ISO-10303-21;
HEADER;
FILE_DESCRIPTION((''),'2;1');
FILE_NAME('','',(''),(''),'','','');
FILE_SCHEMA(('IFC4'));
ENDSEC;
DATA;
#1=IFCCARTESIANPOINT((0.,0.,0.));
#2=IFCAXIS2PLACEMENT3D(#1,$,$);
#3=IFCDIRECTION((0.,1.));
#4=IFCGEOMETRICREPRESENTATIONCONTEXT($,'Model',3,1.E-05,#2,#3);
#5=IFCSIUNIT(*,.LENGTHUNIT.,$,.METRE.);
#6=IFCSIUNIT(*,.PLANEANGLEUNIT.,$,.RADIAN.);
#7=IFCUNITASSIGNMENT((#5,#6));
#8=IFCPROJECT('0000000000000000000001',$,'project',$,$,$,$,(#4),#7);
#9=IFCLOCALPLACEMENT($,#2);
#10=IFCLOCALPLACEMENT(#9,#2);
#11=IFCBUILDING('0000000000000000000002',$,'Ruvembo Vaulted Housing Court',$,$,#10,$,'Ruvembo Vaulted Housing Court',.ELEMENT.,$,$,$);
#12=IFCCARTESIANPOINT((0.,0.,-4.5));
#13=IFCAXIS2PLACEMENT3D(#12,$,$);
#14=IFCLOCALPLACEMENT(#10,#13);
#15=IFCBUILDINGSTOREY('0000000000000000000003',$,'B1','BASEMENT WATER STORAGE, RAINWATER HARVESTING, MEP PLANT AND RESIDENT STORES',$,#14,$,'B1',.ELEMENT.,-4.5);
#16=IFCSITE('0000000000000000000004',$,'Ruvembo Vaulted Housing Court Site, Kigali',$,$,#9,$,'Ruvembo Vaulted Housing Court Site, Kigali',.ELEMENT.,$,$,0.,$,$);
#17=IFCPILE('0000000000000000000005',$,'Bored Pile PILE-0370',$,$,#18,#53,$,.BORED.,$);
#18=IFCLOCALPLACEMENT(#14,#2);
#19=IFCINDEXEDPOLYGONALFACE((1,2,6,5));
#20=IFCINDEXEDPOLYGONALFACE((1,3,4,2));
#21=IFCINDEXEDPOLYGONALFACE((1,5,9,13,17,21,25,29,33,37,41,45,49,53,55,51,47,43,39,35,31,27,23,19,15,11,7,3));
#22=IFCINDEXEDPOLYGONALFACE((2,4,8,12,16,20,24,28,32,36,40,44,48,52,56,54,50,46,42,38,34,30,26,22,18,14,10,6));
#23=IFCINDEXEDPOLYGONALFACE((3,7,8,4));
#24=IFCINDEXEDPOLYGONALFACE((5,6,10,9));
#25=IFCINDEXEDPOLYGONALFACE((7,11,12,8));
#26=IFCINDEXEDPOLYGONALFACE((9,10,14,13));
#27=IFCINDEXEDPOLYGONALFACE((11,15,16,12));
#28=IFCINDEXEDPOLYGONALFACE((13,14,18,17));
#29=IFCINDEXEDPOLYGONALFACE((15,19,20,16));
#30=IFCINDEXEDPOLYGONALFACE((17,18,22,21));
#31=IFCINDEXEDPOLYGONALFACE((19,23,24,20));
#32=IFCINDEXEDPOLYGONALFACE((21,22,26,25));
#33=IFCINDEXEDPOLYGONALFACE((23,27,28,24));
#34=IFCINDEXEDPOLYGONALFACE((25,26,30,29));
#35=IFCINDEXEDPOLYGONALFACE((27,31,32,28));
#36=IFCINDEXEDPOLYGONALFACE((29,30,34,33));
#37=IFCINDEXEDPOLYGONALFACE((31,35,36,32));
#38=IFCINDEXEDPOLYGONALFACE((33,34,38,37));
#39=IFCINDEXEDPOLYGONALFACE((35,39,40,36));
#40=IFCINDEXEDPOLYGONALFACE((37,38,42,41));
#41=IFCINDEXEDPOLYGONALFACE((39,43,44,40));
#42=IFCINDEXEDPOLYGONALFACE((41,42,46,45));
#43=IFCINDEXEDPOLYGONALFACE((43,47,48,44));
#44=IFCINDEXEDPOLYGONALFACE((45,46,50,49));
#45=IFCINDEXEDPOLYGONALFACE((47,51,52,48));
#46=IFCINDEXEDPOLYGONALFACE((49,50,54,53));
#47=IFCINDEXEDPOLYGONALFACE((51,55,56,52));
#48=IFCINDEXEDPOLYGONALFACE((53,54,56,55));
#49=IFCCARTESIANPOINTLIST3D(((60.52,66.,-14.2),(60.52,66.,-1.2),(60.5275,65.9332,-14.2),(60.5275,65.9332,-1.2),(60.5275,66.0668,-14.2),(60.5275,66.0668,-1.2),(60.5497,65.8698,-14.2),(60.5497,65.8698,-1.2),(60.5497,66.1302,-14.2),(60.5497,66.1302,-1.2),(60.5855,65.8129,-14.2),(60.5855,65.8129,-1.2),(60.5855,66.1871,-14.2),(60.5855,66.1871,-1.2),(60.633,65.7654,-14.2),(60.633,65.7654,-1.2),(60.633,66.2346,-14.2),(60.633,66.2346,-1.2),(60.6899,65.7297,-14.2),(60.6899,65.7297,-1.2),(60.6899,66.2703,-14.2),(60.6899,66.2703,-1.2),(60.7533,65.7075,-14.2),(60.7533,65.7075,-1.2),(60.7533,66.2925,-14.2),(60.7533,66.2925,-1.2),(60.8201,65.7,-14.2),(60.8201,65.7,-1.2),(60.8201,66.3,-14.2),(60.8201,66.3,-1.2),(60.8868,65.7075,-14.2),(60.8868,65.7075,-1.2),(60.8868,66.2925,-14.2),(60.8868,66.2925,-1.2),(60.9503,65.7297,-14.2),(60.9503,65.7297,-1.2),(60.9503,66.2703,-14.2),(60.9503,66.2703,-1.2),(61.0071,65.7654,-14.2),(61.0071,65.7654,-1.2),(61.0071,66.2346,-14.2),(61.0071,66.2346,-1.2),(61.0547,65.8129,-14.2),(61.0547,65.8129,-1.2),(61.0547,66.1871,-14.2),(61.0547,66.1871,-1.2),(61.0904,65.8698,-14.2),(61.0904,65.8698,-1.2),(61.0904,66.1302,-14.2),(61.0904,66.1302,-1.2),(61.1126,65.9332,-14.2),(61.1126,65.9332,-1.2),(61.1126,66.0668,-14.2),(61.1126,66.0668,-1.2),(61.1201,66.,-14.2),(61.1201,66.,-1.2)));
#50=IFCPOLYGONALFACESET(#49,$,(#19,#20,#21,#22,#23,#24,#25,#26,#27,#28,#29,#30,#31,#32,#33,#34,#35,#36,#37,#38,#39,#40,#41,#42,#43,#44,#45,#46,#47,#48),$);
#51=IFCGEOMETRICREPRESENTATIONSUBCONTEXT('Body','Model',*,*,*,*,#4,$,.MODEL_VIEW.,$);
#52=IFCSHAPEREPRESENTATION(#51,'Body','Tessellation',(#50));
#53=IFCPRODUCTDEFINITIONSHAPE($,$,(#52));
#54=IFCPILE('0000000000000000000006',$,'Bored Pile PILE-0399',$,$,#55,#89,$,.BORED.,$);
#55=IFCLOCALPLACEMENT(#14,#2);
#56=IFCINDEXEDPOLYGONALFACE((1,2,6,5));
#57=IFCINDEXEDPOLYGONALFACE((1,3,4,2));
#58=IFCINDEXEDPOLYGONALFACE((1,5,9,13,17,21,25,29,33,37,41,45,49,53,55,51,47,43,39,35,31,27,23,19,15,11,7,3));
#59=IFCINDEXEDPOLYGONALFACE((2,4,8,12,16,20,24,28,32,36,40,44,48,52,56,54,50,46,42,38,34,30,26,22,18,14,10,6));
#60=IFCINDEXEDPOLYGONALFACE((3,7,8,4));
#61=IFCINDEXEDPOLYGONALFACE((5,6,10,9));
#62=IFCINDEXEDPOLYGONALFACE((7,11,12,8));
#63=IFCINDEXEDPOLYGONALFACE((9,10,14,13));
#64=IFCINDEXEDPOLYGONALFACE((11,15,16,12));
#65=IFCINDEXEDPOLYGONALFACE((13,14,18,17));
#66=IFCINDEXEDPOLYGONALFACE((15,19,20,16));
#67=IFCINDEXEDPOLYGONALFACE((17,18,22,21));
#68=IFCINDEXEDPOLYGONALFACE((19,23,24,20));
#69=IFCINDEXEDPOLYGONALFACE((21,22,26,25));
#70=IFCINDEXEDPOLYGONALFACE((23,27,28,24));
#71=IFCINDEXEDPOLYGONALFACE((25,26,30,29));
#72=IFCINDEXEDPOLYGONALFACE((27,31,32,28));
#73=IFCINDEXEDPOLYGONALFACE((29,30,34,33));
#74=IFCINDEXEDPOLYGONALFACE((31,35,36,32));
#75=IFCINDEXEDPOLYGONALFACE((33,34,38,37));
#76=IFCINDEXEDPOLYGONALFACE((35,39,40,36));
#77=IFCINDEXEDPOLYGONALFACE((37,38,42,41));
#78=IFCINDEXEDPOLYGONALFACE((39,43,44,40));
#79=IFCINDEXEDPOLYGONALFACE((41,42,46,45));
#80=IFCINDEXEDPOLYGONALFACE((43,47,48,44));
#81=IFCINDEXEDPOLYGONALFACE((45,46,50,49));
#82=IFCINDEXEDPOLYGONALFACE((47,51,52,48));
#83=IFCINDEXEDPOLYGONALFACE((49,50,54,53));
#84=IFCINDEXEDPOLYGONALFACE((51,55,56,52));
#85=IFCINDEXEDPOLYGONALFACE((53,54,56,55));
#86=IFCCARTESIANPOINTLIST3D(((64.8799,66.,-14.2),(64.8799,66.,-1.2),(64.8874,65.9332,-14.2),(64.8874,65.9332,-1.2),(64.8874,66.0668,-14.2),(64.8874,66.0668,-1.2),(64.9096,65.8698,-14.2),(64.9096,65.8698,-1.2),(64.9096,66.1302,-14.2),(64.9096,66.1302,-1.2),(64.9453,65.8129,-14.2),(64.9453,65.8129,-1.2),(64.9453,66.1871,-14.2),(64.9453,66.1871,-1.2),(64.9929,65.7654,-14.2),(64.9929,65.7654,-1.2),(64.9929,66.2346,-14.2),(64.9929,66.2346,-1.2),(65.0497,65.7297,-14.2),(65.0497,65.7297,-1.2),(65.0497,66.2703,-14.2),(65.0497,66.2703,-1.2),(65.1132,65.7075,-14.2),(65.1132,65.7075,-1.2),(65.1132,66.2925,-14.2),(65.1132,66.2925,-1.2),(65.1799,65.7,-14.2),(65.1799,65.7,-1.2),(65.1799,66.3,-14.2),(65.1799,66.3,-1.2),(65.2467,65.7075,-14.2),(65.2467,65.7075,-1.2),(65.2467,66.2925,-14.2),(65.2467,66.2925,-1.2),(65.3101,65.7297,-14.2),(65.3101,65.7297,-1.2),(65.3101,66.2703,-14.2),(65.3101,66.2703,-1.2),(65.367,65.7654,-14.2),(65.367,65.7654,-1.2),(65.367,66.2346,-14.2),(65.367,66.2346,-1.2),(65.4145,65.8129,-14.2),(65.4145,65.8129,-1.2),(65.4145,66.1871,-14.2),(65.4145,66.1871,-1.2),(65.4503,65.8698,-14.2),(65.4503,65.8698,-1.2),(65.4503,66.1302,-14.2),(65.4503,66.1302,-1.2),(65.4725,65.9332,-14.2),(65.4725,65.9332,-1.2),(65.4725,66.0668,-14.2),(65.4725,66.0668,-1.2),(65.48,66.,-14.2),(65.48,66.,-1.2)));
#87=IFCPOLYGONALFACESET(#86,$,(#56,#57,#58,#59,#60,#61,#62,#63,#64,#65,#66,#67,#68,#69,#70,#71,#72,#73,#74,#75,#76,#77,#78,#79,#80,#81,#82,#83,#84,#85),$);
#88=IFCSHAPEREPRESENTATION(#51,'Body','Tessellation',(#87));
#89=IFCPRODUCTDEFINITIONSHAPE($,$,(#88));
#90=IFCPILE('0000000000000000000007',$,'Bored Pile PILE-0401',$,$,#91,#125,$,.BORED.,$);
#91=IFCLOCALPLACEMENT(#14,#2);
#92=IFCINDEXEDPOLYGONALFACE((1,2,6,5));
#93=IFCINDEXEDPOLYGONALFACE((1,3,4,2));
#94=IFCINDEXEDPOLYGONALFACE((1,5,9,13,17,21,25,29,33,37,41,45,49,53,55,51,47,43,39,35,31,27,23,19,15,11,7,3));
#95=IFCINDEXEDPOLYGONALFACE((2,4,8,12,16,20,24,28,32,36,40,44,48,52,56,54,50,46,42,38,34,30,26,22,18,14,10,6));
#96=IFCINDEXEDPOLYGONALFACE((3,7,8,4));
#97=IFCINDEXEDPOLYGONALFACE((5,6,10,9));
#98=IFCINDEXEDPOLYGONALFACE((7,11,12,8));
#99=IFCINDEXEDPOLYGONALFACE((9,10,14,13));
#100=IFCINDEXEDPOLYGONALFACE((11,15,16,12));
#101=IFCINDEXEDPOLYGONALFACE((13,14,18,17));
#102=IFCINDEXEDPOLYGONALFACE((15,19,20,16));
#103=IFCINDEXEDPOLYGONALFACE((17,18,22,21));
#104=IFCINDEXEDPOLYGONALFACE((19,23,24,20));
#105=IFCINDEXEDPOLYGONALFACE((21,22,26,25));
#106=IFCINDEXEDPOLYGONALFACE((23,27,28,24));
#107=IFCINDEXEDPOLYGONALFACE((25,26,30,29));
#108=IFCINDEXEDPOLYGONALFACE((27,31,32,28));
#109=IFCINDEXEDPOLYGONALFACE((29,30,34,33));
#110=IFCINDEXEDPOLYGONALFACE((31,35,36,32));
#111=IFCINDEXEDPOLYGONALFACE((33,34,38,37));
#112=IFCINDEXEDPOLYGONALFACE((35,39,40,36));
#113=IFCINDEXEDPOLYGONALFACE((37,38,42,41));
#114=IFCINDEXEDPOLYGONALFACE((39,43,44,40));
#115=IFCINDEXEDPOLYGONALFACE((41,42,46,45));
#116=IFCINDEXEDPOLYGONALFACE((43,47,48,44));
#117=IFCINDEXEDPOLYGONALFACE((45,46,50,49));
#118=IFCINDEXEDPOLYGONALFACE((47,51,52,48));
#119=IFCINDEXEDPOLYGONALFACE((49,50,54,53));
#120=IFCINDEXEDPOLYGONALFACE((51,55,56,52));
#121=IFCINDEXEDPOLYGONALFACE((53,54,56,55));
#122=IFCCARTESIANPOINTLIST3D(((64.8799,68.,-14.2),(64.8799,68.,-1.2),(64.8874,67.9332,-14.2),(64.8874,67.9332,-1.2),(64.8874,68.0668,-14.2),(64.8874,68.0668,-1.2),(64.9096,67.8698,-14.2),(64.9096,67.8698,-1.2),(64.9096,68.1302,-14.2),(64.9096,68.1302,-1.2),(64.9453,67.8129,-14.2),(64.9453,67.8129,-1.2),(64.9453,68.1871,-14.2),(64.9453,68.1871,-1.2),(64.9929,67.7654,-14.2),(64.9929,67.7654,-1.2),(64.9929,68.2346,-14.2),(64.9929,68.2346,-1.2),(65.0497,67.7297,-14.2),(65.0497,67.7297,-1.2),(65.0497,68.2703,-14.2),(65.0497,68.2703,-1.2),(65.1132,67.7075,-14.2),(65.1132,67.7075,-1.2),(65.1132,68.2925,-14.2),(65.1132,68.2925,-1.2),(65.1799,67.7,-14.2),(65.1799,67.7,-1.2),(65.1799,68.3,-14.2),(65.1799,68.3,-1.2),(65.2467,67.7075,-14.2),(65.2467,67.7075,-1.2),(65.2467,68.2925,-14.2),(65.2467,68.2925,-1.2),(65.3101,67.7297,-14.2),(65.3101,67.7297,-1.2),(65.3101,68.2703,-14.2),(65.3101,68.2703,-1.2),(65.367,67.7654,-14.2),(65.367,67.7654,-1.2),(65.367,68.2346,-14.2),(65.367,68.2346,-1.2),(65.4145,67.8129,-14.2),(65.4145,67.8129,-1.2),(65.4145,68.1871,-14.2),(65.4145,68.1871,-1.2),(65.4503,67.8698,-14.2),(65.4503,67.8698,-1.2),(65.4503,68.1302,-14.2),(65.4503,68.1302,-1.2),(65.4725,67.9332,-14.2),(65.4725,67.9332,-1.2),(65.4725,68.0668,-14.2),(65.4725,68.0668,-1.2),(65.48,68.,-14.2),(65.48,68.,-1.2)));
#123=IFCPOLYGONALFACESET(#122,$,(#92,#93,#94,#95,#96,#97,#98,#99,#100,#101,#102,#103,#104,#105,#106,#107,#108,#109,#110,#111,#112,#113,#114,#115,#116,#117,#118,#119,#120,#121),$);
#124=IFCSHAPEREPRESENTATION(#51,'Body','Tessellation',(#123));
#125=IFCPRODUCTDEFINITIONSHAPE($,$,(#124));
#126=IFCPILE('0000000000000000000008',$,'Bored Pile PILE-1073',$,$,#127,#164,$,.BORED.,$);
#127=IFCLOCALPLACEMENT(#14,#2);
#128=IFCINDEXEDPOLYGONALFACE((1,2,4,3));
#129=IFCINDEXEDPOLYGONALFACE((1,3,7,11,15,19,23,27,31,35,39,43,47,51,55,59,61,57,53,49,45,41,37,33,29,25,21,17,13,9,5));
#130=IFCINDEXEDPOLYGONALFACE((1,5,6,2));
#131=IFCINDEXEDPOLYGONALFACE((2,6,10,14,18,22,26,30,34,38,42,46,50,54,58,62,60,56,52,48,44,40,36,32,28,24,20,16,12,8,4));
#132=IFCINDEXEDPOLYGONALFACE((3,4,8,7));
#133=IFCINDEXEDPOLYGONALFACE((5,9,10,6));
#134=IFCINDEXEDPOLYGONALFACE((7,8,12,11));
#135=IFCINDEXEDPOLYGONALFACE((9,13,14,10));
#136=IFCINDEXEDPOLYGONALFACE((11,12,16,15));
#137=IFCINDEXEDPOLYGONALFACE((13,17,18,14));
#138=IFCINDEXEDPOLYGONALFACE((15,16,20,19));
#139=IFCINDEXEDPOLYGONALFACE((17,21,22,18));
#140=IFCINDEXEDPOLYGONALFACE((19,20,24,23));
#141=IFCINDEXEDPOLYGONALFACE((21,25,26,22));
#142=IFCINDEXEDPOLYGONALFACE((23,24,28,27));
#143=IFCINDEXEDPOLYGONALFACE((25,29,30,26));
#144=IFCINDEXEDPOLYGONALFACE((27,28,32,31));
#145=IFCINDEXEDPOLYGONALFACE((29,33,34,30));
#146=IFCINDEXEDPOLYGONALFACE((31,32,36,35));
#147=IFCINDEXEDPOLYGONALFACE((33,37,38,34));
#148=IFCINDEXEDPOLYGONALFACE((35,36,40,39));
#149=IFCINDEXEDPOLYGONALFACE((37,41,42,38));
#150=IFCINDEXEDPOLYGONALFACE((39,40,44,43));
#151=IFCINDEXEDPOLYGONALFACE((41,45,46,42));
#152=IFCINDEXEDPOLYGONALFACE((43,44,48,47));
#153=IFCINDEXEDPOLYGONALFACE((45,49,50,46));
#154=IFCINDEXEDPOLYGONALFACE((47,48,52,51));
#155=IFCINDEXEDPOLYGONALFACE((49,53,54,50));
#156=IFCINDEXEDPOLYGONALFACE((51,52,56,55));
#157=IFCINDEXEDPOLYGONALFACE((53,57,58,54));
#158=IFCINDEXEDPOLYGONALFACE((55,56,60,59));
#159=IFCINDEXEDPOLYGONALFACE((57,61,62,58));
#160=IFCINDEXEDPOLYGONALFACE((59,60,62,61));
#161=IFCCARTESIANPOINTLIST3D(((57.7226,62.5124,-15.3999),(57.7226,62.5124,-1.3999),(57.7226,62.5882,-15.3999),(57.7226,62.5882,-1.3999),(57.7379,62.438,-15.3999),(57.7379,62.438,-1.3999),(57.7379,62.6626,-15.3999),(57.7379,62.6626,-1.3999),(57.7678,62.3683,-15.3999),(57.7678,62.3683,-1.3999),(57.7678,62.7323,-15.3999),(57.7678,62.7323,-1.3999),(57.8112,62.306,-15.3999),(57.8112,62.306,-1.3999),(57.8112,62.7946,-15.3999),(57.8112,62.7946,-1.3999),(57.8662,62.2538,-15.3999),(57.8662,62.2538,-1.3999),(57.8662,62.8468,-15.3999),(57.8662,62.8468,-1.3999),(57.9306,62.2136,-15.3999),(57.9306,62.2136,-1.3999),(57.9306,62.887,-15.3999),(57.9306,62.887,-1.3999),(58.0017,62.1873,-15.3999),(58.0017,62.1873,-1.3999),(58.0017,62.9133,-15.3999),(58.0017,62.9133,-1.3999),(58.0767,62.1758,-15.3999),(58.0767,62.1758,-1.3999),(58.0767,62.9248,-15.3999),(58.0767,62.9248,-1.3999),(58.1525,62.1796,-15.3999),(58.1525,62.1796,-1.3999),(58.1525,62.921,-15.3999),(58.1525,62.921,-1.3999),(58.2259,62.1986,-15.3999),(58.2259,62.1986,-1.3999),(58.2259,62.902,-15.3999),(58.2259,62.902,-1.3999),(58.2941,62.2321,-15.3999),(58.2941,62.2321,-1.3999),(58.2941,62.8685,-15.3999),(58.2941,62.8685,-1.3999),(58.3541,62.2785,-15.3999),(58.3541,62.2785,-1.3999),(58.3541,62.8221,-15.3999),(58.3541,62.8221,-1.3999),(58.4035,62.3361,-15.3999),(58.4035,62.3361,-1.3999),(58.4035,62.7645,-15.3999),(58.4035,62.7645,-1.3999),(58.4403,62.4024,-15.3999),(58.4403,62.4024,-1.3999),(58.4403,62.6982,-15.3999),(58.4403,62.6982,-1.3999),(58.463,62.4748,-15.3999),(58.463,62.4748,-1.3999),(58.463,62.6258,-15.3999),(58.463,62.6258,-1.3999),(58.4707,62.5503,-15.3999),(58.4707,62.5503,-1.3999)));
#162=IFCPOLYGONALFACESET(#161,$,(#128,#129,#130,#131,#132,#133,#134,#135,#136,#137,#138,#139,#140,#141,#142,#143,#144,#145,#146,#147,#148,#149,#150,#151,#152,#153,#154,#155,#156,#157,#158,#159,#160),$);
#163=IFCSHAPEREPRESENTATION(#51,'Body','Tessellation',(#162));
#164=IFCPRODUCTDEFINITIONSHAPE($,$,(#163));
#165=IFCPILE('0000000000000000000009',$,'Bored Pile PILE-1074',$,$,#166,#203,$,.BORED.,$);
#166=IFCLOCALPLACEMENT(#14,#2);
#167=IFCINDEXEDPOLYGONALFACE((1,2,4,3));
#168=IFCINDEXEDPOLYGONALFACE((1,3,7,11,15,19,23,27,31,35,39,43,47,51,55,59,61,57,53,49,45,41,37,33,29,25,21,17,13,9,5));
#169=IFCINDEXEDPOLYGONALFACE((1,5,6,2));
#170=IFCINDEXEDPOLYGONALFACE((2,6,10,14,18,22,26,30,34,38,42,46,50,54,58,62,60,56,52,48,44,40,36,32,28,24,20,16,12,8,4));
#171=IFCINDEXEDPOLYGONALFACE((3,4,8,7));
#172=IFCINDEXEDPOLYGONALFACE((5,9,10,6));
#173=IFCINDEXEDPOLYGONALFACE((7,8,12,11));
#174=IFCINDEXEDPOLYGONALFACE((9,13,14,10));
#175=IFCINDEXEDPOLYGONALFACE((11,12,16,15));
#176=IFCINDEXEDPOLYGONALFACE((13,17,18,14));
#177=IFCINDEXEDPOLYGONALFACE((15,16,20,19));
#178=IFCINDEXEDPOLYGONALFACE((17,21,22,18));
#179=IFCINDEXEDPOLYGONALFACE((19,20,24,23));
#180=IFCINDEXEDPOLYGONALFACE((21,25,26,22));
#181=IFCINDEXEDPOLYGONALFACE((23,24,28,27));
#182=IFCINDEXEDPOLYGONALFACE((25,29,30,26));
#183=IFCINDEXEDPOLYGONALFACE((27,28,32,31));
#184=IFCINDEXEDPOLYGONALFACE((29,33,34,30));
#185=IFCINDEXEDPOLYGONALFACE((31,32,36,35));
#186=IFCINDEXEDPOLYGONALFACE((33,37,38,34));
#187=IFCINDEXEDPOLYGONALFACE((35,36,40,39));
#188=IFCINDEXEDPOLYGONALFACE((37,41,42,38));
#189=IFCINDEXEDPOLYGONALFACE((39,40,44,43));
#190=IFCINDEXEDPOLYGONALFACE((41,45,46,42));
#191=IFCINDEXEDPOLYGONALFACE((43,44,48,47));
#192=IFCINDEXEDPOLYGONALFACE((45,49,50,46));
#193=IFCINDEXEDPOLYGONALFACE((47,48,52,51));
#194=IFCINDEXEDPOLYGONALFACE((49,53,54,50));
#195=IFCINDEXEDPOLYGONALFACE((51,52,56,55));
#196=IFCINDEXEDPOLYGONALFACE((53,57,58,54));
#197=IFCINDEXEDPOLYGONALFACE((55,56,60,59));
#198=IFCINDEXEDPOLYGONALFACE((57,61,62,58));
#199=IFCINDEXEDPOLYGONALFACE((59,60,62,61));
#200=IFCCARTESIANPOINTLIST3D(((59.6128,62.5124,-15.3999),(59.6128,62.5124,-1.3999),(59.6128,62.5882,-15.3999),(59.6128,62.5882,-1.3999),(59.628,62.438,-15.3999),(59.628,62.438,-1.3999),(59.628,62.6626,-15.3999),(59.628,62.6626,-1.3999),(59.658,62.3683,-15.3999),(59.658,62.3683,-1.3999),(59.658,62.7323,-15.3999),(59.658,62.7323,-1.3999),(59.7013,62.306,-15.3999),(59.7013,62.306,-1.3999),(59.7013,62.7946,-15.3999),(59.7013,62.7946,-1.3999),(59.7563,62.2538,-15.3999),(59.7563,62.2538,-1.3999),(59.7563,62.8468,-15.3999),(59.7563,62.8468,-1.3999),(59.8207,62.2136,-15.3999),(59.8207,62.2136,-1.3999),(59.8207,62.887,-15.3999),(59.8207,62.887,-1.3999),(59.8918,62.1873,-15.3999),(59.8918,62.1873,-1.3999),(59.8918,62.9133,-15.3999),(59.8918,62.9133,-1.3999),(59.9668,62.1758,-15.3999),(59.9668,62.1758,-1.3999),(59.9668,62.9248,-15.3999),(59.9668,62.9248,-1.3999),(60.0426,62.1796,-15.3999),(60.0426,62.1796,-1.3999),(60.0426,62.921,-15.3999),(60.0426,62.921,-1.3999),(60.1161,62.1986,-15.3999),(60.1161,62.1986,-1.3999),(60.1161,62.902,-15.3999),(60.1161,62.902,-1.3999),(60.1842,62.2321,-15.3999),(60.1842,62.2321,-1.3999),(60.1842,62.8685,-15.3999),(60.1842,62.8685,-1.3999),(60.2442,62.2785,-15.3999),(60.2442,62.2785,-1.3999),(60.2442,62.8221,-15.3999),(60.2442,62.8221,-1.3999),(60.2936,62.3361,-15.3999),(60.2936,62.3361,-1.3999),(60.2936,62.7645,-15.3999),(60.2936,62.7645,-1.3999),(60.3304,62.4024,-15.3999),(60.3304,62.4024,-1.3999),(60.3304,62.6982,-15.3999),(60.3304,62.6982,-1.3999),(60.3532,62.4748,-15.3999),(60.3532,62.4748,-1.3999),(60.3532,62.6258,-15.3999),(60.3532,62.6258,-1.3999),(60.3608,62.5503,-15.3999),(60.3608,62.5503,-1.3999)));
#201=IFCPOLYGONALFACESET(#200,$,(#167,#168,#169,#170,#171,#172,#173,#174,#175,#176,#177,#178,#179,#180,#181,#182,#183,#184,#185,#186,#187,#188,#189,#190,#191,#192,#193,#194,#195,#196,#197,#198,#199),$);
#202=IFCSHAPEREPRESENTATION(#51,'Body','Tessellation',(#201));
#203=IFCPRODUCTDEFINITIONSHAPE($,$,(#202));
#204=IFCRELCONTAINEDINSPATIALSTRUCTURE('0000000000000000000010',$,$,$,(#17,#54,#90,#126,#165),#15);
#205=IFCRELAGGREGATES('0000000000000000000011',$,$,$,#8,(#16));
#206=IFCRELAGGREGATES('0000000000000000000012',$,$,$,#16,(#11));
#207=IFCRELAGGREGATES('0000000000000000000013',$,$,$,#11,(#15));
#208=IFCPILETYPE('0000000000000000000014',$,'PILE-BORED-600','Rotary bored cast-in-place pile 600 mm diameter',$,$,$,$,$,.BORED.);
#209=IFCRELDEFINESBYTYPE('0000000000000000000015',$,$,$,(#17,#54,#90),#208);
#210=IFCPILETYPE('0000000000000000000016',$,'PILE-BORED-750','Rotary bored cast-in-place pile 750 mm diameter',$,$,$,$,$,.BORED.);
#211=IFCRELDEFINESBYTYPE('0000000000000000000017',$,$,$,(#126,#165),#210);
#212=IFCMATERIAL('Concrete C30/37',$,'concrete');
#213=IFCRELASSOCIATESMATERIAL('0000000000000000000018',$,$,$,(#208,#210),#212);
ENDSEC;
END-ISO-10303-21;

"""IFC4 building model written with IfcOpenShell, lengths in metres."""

from ifc_helpers import new_model, si_unit, direction, frame, origin, origin_2d, place, context, subcontext, project, spatial, circle, extrude, material, material_profile, profile_set, type_object, element, save


model = new_model("IFC4")

# Units and contexts
model_context = context("Model", 3, precision=1e-05, world=origin(), true_north=direction((0.0, 1.0)))
body_context = subcontext(model_context, "Body", "Model", "MODEL_VIEW")
ifc_project = project(units=[si_unit("LENGTHUNIT", "METRE"), si_unit("PLANEANGLEUNIT", "RADIAN")], contexts=[model_context])

# Site, building, storey
site_placement = place(None, origin())
site = spatial("IfcSite", under=ifc_project, at=site_placement, Name="Ruvembo Vaulted Housing Court Site, Kigali", LongName="Ruvembo Vaulted Housing Court Site, Kigali", CompositionType="ELEMENT", RefElevation=0.0)
building_placement = place(site_placement, origin())
building = spatial("IfcBuilding", under=site, at=building_placement, Name="Ruvembo Vaulted Housing Court", LongName="Ruvembo Vaulted Housing Court", CompositionType="ELEMENT")
storey_placement = place(building_placement, frame((0.0, 0.0, -4.5)))
storey = spatial("IfcBuildingStorey", under=building, at=storey_placement, Name="B1", Description="BASEMENT WATER STORAGE, RAINWATER HARVESTING, MEP PLANT AND RESIDENT STORES", LongName="B1", CompositionType="ELEMENT", Elevation=-4.5)

# Piles
ifc_material_1 = material(Name="Concrete C30/37", Category="concrete")
ifc_material_profile_1 = material_profile(ifc_material_1, circle(Radius=0.3, at=origin_2d()), Name="PILE D600")
ifc_profile_set_1 = profile_set([ifc_material_profile_1], Name="Concrete C30/37")
pile_type_1 = type_object("IfcPileType", Name="PILE-BORED-600", Description="Rotary bored cast-in-place pile 600 mm diameter", PredefinedType="BORED", material=ifc_profile_set_1)
for number, where, z_axis, x_axis, name in (
    (1, (60.8201, 66.0, -1.2), (0.0, 0.0, -1.0), (1.0, 0.0, 0.0), "Bored Pile PILE-0370"),
    (2, (65.1799, 66.0, -1.2), (0.0, 0.0, -1.0), (1.0, 0.0, 0.0), "Bored Pile PILE-0399"),
    (3, (65.1799, 68.0, -1.2), (0.0, 0.0, -1.0), (1.0, 0.0, 0.0), "Bored Pile PILE-0401"),
):
    element("IfcPile", number, at=place(storey_placement, frame(where, z_axis=z_axis, x_axis=x_axis)), inside=storey, type_object=pile_type_1, Name=name, PredefinedType="BORED", context=body_context, shape_type="SweptSolid", body=[
        extrude(circle(Radius=0.3, at=origin_2d()), origin(), (0.0, 0.0, 1.0), 13.0),
    ])
ifc_material_profile_2 = material_profile(ifc_material_1, circle(Radius=0.375, at=origin_2d()), Name="PILE D750")
ifc_profile_set_2 = profile_set([ifc_material_profile_2], Name="Concrete C30/37")
pile_type_2 = type_object("IfcPileType", Name="PILE-BORED-750", Description="Rotary bored cast-in-place pile 750 mm diameter", PredefinedType="BORED", material=ifc_profile_set_2)
for number, where, z_axis, x_axis, name in (
    (4, (58.0957, 62.5503, -1.3999), (0.0, 0.0, -1.0), (1.0, 0.0, 0.0), "Bored Pile PILE-1073"),
    (5, (59.9858, 62.5503, -1.3999), (0.0, 0.0, -1.0), (1.0, 0.0, 0.0), "Bored Pile PILE-1074"),
):
    element("IfcPile", number, at=place(storey_placement, frame(where, z_axis=z_axis, x_axis=x_axis)), inside=storey, type_object=pile_type_2, Name=name, PredefinedType="BORED", context=body_context, shape_type="SweptSolid", body=[
        extrude(circle(Radius=0.375, at=origin_2d()), origin(), (0.0, 0.0, 1.0), 14.0),
    ])

save(model, "model.ifc")
